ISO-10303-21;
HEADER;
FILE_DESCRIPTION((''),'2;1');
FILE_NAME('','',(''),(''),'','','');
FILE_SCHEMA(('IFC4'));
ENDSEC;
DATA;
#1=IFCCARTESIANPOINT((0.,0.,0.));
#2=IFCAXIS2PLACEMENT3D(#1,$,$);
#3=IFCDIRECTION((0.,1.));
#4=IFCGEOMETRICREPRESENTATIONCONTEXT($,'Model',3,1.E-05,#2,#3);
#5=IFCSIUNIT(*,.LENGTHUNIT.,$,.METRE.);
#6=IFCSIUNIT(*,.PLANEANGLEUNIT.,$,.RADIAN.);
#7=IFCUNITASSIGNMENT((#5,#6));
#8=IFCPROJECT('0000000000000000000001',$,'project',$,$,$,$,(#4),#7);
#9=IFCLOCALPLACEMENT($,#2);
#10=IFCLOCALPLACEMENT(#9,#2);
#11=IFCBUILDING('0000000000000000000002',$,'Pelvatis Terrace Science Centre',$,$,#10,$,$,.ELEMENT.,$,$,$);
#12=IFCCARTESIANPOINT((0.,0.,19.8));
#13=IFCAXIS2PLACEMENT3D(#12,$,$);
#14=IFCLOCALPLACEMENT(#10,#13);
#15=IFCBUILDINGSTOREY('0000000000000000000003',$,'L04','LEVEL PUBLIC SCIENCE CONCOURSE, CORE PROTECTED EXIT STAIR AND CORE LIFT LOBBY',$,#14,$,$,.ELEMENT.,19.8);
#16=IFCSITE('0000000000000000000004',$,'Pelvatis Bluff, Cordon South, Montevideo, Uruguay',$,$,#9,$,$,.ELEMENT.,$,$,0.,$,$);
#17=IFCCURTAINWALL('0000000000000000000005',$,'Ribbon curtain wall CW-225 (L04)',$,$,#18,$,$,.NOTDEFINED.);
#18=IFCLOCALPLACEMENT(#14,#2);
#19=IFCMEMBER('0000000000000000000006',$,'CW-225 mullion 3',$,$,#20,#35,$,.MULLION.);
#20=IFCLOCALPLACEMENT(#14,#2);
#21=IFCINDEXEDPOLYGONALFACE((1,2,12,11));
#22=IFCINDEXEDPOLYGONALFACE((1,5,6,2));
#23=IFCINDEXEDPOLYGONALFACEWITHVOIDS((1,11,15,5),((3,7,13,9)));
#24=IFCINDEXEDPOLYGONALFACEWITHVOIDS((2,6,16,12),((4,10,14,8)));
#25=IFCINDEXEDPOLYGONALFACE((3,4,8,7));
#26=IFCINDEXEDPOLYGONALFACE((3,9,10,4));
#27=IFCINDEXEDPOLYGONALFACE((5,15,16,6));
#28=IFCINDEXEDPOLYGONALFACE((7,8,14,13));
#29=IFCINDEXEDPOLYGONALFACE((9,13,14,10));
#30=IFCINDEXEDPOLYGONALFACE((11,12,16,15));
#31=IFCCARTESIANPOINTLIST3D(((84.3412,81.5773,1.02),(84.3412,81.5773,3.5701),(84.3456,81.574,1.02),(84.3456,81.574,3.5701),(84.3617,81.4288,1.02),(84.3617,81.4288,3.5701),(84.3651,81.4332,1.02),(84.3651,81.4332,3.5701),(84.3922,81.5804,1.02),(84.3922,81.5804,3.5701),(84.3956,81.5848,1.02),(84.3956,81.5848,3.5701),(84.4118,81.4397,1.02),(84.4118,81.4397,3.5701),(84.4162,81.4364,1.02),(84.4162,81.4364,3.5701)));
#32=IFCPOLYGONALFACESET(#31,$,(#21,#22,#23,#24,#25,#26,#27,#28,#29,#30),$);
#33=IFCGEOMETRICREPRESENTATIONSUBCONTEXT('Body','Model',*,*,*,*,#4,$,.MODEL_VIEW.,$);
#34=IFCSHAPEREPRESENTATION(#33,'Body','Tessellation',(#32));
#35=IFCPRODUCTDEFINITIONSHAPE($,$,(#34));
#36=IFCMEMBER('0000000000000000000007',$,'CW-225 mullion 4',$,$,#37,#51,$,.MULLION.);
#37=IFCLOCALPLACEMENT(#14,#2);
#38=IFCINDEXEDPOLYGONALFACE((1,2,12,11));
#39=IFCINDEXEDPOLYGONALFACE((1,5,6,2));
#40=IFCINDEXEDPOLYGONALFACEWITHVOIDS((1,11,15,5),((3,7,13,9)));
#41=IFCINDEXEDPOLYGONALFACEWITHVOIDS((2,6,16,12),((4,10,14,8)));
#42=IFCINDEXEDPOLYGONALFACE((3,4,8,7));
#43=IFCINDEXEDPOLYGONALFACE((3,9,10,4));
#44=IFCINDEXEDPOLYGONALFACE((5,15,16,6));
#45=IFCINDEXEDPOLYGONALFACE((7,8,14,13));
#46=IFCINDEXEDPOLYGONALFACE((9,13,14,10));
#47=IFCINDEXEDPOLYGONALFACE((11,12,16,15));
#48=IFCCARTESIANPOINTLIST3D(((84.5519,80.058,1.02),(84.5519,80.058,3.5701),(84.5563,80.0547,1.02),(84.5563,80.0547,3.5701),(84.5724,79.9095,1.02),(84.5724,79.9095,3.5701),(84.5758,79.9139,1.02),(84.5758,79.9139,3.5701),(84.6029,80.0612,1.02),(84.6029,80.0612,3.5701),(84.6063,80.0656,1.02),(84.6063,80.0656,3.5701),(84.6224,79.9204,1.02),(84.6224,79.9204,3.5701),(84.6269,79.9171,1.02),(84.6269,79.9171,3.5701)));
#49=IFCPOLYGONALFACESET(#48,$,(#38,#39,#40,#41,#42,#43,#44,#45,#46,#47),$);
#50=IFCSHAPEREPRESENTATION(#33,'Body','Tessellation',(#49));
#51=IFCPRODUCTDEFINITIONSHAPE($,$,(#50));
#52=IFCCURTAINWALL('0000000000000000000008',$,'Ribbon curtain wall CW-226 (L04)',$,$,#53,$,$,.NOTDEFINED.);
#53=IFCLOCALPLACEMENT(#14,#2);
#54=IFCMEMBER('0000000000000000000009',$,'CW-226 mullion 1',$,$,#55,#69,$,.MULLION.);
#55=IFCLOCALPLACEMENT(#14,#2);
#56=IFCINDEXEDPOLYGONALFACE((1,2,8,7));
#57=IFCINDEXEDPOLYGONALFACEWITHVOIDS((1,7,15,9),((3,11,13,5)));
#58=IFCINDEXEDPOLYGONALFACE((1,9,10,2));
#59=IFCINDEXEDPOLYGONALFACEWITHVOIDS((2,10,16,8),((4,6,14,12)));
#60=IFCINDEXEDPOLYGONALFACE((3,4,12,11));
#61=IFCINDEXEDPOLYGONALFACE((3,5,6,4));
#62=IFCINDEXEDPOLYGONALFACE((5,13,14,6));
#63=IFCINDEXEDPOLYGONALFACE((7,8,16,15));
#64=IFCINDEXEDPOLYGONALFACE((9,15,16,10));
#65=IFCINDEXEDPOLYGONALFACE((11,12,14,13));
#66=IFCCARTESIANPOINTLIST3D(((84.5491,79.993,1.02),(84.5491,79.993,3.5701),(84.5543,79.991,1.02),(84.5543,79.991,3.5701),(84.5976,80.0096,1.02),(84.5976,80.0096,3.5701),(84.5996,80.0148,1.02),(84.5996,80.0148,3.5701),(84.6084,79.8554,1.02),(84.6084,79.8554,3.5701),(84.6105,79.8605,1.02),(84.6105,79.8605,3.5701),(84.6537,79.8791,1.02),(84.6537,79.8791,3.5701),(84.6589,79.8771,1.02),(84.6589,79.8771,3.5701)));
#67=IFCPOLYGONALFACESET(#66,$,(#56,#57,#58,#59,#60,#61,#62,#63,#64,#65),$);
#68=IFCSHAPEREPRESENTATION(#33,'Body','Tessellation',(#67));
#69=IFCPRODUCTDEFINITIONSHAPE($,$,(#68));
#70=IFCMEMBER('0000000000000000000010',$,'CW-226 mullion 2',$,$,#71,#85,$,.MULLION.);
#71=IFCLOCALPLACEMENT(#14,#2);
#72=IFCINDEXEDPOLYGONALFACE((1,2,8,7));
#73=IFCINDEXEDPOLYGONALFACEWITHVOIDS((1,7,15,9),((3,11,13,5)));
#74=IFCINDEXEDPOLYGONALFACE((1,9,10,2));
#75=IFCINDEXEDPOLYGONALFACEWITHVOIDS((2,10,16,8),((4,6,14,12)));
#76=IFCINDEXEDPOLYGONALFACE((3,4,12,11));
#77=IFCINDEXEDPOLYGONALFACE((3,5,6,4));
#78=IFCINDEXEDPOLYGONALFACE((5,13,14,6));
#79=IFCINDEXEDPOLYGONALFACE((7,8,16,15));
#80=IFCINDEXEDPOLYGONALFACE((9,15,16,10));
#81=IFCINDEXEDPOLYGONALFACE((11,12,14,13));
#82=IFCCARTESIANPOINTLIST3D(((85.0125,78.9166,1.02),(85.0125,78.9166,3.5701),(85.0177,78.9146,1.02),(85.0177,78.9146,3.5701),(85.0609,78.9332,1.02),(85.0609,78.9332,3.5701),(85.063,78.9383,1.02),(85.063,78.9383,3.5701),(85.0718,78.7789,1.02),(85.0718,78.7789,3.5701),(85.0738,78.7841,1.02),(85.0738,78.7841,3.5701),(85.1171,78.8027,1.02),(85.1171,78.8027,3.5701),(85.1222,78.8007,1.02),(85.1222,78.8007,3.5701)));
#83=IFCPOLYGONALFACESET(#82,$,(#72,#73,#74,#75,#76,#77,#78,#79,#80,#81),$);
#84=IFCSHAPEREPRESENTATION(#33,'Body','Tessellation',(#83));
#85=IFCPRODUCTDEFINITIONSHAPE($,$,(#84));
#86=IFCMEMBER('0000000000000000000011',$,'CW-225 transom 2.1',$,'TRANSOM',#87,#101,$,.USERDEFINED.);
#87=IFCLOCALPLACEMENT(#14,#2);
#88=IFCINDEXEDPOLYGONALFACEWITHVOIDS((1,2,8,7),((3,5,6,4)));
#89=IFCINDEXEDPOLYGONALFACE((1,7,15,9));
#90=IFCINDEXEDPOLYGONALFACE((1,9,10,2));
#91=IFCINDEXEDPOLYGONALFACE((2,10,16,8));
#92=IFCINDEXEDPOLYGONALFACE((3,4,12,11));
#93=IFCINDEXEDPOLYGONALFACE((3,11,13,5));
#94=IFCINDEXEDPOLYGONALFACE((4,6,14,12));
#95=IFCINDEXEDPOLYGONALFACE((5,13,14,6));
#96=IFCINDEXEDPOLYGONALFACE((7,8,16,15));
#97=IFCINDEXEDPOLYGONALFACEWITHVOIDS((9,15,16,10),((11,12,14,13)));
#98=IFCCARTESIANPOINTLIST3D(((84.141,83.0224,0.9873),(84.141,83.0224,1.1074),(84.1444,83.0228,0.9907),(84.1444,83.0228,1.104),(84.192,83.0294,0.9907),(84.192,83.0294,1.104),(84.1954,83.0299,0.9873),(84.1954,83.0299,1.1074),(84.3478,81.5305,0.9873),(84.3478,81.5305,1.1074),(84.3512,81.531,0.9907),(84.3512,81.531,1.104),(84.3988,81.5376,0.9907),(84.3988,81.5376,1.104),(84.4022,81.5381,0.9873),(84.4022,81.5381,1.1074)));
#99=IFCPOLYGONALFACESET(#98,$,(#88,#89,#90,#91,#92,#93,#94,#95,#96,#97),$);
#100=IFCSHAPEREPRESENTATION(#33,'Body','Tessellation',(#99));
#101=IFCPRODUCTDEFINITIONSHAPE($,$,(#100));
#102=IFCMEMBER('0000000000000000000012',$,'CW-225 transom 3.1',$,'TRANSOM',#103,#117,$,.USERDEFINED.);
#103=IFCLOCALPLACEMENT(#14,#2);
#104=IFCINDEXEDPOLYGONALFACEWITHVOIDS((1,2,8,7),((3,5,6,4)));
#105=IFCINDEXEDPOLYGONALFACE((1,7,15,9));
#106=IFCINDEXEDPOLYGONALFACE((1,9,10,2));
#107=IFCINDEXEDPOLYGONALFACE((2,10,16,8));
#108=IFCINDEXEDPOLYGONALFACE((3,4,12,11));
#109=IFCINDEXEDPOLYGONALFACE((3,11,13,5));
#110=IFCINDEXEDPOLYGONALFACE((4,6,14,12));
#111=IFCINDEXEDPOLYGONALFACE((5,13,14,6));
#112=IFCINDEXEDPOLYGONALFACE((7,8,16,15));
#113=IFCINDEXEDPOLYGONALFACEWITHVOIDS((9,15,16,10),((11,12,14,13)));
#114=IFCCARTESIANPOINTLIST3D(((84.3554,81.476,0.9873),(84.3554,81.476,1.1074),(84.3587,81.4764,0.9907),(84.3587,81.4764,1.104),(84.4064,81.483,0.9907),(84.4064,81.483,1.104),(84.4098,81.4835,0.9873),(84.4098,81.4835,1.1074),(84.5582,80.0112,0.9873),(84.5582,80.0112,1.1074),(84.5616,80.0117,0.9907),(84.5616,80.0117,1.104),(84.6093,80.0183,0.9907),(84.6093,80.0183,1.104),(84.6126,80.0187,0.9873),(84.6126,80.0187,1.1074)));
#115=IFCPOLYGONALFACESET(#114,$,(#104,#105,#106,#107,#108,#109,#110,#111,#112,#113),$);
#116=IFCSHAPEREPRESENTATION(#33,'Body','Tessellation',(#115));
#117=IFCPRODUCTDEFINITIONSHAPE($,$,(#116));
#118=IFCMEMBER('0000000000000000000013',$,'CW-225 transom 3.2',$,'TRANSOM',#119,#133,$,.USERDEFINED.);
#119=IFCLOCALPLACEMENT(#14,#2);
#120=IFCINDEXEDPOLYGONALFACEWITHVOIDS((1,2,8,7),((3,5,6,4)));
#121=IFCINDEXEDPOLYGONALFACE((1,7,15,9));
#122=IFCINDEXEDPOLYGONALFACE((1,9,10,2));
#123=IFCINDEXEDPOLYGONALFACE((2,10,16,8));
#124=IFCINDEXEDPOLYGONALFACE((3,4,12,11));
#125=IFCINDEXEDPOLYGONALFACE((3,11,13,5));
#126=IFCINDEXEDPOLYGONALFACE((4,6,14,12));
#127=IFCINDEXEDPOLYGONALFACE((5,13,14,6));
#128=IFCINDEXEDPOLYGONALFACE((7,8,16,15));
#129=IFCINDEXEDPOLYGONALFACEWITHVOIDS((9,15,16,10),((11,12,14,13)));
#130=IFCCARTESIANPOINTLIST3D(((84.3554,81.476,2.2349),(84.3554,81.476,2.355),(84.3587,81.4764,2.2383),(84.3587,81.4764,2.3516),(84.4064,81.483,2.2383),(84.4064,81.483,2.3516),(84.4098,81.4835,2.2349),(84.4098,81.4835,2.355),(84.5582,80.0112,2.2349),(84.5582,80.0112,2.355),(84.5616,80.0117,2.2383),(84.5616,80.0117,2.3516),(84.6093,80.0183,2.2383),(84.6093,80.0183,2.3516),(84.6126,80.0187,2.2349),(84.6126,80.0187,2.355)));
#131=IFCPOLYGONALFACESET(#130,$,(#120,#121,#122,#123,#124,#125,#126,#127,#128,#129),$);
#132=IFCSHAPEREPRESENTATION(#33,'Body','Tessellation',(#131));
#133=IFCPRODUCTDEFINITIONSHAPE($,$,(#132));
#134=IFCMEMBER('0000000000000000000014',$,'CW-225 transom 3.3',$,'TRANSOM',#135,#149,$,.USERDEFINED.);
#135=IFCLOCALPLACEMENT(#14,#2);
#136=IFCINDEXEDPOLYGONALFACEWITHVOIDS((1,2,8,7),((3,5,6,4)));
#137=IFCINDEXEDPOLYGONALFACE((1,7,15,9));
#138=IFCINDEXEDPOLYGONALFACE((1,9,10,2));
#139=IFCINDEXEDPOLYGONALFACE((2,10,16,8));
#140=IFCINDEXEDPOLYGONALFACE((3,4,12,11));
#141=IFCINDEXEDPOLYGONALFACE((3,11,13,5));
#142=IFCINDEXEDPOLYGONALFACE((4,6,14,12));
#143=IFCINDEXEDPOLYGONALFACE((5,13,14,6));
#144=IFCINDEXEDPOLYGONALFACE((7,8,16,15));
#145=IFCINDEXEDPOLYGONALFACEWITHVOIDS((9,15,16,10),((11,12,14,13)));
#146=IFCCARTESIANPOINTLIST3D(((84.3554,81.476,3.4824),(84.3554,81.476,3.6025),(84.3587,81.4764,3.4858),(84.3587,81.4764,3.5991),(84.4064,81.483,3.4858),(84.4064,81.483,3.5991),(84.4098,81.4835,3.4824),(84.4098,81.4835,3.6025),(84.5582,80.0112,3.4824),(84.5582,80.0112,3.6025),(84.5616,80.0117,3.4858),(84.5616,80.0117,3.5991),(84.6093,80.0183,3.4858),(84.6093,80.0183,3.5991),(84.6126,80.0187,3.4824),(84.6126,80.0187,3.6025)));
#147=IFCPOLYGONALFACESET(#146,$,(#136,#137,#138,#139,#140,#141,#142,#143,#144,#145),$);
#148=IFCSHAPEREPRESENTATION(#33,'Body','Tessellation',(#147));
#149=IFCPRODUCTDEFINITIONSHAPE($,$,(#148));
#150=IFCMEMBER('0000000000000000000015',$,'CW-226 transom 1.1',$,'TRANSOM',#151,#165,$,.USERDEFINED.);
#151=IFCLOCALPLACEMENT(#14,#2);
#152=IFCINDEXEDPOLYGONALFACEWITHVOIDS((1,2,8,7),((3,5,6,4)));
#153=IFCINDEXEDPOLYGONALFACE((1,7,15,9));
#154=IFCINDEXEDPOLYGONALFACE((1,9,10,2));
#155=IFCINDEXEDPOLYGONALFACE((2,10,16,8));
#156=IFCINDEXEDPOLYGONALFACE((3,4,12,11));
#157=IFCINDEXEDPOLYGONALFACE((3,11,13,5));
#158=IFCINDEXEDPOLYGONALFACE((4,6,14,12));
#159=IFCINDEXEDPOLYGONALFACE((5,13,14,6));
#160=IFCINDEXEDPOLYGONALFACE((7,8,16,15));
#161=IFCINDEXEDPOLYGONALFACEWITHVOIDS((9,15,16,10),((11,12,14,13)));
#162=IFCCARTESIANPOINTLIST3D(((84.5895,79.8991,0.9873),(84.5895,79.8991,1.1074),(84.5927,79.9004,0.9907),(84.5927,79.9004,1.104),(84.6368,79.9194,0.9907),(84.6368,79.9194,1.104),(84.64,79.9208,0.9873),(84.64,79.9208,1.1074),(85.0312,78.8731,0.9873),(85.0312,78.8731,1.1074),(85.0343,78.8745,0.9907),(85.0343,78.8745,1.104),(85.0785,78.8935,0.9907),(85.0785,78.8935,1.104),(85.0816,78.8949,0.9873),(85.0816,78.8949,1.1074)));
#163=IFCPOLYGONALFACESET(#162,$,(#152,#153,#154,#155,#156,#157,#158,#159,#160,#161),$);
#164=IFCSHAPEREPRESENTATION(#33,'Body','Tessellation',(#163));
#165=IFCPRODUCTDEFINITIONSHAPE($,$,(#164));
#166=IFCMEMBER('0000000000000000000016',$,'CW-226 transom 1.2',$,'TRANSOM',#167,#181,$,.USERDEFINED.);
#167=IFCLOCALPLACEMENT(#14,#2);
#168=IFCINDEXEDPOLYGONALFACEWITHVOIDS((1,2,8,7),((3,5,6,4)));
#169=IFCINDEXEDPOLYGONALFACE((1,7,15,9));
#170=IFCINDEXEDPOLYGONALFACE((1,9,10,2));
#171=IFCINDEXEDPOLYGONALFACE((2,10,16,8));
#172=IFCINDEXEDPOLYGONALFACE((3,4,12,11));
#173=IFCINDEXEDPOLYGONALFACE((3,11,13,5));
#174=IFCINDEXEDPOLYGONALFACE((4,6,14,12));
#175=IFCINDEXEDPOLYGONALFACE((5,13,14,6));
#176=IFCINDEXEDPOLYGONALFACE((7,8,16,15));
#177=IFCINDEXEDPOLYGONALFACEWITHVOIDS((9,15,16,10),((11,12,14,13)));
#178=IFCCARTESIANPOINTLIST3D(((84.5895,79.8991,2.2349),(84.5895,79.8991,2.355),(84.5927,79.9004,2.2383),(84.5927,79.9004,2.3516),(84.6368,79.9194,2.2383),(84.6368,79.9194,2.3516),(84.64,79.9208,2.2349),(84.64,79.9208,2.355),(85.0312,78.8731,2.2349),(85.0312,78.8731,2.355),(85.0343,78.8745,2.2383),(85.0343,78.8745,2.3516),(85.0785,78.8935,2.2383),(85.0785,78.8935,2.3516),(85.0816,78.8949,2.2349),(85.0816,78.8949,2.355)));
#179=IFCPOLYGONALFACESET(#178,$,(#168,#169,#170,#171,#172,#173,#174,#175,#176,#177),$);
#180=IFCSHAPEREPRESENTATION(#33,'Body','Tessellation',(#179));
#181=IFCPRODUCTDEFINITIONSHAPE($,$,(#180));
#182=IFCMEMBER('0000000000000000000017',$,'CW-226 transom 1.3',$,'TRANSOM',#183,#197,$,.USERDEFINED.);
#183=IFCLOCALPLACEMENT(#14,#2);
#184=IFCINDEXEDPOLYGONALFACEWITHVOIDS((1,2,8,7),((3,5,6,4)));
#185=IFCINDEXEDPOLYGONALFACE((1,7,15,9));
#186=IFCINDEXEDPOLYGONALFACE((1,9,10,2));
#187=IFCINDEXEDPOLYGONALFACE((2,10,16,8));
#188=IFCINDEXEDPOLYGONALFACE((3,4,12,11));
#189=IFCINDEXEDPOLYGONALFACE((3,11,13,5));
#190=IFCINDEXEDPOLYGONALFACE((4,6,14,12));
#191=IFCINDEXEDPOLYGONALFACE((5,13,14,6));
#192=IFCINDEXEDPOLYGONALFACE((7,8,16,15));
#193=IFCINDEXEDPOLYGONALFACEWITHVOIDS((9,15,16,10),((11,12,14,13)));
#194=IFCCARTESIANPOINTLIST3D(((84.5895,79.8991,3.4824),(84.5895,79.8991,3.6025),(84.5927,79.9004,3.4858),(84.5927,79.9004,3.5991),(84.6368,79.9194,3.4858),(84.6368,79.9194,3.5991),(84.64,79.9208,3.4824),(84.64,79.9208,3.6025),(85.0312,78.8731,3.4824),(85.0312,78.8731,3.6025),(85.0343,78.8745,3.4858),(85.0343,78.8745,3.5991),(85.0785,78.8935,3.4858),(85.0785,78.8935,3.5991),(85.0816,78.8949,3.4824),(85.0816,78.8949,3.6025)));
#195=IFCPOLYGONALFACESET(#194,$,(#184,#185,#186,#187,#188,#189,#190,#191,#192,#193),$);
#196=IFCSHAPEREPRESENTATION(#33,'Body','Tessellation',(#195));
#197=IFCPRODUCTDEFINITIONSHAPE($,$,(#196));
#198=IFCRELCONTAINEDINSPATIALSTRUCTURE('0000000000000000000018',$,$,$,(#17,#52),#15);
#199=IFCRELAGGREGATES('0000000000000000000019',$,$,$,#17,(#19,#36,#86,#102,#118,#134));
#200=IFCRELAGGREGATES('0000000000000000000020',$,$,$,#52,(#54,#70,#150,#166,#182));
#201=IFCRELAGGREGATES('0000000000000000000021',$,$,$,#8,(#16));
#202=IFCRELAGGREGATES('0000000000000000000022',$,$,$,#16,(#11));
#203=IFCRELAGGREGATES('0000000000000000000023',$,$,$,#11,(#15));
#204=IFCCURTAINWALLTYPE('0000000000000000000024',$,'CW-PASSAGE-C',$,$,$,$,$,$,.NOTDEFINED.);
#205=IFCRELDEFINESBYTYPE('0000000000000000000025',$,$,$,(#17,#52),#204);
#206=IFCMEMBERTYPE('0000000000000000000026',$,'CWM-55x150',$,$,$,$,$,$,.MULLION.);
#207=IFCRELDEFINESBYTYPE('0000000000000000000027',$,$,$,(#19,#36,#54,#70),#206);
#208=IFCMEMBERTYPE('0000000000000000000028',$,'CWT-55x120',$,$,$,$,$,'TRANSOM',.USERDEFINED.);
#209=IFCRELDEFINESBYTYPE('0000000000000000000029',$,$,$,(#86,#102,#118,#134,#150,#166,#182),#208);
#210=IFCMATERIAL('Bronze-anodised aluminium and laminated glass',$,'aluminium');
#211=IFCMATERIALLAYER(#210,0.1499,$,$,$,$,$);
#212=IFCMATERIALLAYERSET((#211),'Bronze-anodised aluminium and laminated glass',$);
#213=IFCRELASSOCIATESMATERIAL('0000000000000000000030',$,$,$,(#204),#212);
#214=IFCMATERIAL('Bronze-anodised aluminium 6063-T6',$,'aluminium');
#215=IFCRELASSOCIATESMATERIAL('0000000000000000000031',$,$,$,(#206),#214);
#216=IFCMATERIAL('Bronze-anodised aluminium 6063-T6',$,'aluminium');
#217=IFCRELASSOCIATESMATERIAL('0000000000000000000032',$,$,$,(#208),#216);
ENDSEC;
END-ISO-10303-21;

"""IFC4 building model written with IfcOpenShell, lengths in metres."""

from ifc_helpers import new_model, si_unit, direction, frame, origin, origin_2d, place, context, subcontext, project, spatial, hollow_rectangle, extrude, material, layer, layer_set, material_profile, profile_set, type_object, element, aggregate, save


model = new_model("IFC4")

# Units and contexts
model_context = context("Model", 3, precision=1e-05, world=origin(), true_north=direction((0.0, 1.0)))
body_context = subcontext(model_context, "Body", "Model", "MODEL_VIEW")
ifc_project = project(units=[si_unit("LENGTHUNIT", "METRE"), si_unit("PLANEANGLEUNIT", "RADIAN")], contexts=[model_context])

# Site, building, storey
site_placement = place(None, origin())
site = spatial("IfcSite", under=ifc_project, at=site_placement, Name="Pelvatis Bluff, Cordon South, Montevideo, Uruguay", CompositionType="ELEMENT", RefElevation=0.0)
building_placement = place(site_placement, origin())
building = spatial("IfcBuilding", under=site, at=building_placement, Name="Pelvatis Terrace Science Centre", CompositionType="ELEMENT")
storey_placement = place(building_placement, frame((0.0, 0.0, 19.8)))
storey = spatial("IfcBuildingStorey", under=building, at=storey_placement, Name="L04", Description="LEVEL PUBLIC SCIENCE CONCOURSE, CORE PROTECTED EXIT STAIR AND CORE LIFT LOBBY", CompositionType="ELEMENT", Elevation=19.8)

# Curtain walls, members
ifc_material_1 = material(Name="Bronze-anodised aluminium and laminated glass", Category="aluminium")
ifc_layer_1 = layer(ifc_material_1, 0.1499)
ifc_layer_set_1 = layer_set([ifc_layer_1], Name="Bronze-anodised aluminium and laminated glass")
curtain_wall_type = type_object("IfcCurtainWallType", Name="CW-PASSAGE-C", PredefinedType="NOTDEFINED", material=ifc_layer_set_1)
curtain_wall_1_placement = place(storey_placement, origin())
curtain_wall_1 = element("IfcCurtainWall", 1, at=curtain_wall_1_placement, inside=storey, type_object=curtain_wall_type, Name="Ribbon curtain wall CW-225 (L04)", PredefinedType="NOTDEFINED")
ifc_material_2 = material(Name="Bronze-anodised aluminium 6063-T6", Category="aluminium")
ifc_material_profile_1 = material_profile(ifc_material_2, hollow_rectangle(XDim=0.0549, YDim=0.1499, WallThickness=0.0039, at=origin_2d()), Name="ALU-MUL 55x150")
ifc_profile_set_1 = profile_set([ifc_material_profile_1], Name="Bronze-anodised aluminium 6063-T6")
member_type_1 = type_object("IfcMemberType", Name="CWM-55x150", PredefinedType="MULLION", material=ifc_profile_set_1)
member_1_placement = place(storey_placement, frame((84.3787, 81.5068, 1.02), z_axis=(0.0, 0.0, 1.0), x_axis=(0.99053, 0.137298, 0.0)))
member_1 = element("IfcMember", 2, at=member_1_placement, type_object=member_type_1, Name="CW-225 mullion 3", PredefinedType="MULLION", context=body_context, shape_type="SweptSolid", body=[
    extrude(hollow_rectangle(XDim=0.0549, YDim=0.1499, WallThickness=0.0039, at=origin_2d()), origin(), (0.0, 0.0, 1.0), 2.55),
])
member_2_placement = place(storey_placement, frame((84.5894, 79.9875, 1.02), z_axis=(0.0, 0.0, 1.0), x_axis=(0.99053, 0.137298, 0.0)))
member_2 = element("IfcMember", 3, at=member_2_placement, type_object=member_type_1, Name="CW-225 mullion 4", PredefinedType="MULLION", context=body_context, shape_type="SweptSolid", body=[
    extrude(hollow_rectangle(XDim=0.0549, YDim=0.1499, WallThickness=0.0039, at=origin_2d()), origin(), (0.0, 0.0, 1.0), 2.55),
])
curtain_wall_2_placement = place(storey_placement, origin())
curtain_wall_2 = element("IfcCurtainWall", 4, at=curtain_wall_2_placement, inside=storey, type_object=curtain_wall_type, Name="Ribbon curtain wall CW-226 (L04)", PredefinedType="NOTDEFINED")
member_3_placement = place(storey_placement, frame((84.604, 79.9351, 1.02), z_axis=(0.0, 0.0, 1.0), x_axis=(0.918515, 0.395385, 0.0)))
member_3 = element("IfcMember", 5, at=member_3_placement, type_object=member_type_1, Name="CW-226 mullion 1", PredefinedType="MULLION", context=body_context, shape_type="SweptSolid", body=[
    extrude(hollow_rectangle(XDim=0.0549, YDim=0.1499, WallThickness=0.0039, at=origin_2d()), origin(), (0.0, 0.0, 1.0), 2.55),
])
member_4_placement = place(storey_placement, frame((85.0674, 78.8586, 1.02), z_axis=(0.0, 0.0, 1.0), x_axis=(0.918515, 0.395385, 0.0)))
member_4 = element("IfcMember", 6, at=member_4_placement, type_object=member_type_1, Name="CW-226 mullion 2", PredefinedType="MULLION", context=body_context, shape_type="SweptSolid", body=[
    extrude(hollow_rectangle(XDim=0.0549, YDim=0.1499, WallThickness=0.0039, at=origin_2d()), origin(), (0.0, 0.0, 1.0), 2.55),
])

# Members
ifc_material_3 = material(Name="Bronze-anodised aluminium 6063-T6", Category="aluminium")
ifc_material_profile_2 = material_profile(ifc_material_3, hollow_rectangle(XDim=0.0549, YDim=0.1201, WallThickness=0.0034, at=origin_2d()), Name="ALU-TRN 55x120")
ifc_profile_set_2 = profile_set([ifc_material_profile_2], Name="Bronze-anodised aluminium 6063-T6")
member_type_2 = type_object("IfcMemberType", Name="CWT-55x120", ElementType="TRANSOM", PredefinedType="USERDEFINED", material=ifc_profile_set_2)
member_5_placement = place(storey_placement, frame((84.1682, 83.0261, 1.0474), z_axis=(0.13729, -0.990531, 0.0), x_axis=(0.990531, 0.13729, 0.0)))
member_5 = element("IfcMember", 7, at=member_5_placement, type_object=member_type_2, Name="CW-225 transom 2.1", ObjectType="TRANSOM", PredefinedType="USERDEFINED", context=body_context, shape_type="SweptSolid", body=[
    extrude(hollow_rectangle(XDim=0.0549, YDim=0.1201, WallThickness=0.0034, at=origin_2d()), origin(), (0.0, 0.0, 1.0), 1.5061),
])
member_6_placement = place(storey_placement, frame((84.3826, 81.4797, 1.0474), z_axis=(0.13719, -0.990545, 0.0), x_axis=(0.990545, 0.13719, 0.0)))
member_6 = element("IfcMember", 8, at=member_6_placement, type_object=member_type_2, Name="CW-225 transom 3.1", ObjectType="TRANSOM", PredefinedType="USERDEFINED", context=body_context, shape_type="SweptSolid", body=[
    extrude(hollow_rectangle(XDim=0.0549, YDim=0.1201, WallThickness=0.0034, at=origin_2d()), origin(), (0.0, 0.0, 1.0), 1.4788),
])
member_7_placement = place(storey_placement, frame((84.3826, 81.4797, 2.2949), z_axis=(0.13719, -0.990545, 0.0), x_axis=(0.990545, 0.13719, 0.0)))
member_7 = element("IfcMember", 9, at=member_7_placement, type_object=member_type_2, Name="CW-225 transom 3.2", ObjectType="TRANSOM", PredefinedType="USERDEFINED", context=body_context, shape_type="SweptSolid", body=[
    extrude(hollow_rectangle(XDim=0.0549, YDim=0.1201, WallThickness=0.0034, at=origin_2d()), origin(), (0.0, 0.0, 1.0), 1.4788),
])
member_8_placement = place(storey_placement, frame((84.3826, 81.4797, 3.5425), z_axis=(0.13719, -0.990545, 0.0), x_axis=(0.990545, 0.13719, 0.0)))
member_8 = element("IfcMember", 10, at=member_8_placement, type_object=member_type_2, Name="CW-225 transom 3.3", ObjectType="TRANSOM", PredefinedType="USERDEFINED", context=body_context, shape_type="SweptSolid", body=[
    extrude(hollow_rectangle(XDim=0.0549, YDim=0.1201, WallThickness=0.0034, at=origin_2d()), origin(), (0.0, 0.0, 1.0), 1.4788),
])
member_9_placement = place(storey_placement, frame((84.6147, 79.9099, 1.0474), z_axis=(0.395422, -0.918499, 0.0), x_axis=(0.918499, 0.395422, 0.0)))
member_9 = element("IfcMember", 11, at=member_9_placement, type_object=member_type_2, Name="CW-226 transom 1.1", ObjectType="TRANSOM", PredefinedType="USERDEFINED", context=body_context, shape_type="SweptSolid", body=[
    extrude(hollow_rectangle(XDim=0.0549, YDim=0.1201, WallThickness=0.0034, at=origin_2d()), origin(), (0.0, 0.0, 1.0), 1.1169),
])
member_10_placement = place(storey_placement, frame((84.6147, 79.9099, 2.2949), z_axis=(0.395422, -0.918499, 0.0), x_axis=(0.918499, 0.395422, 0.0)))
member_10 = element("IfcMember", 12, at=member_10_placement, type_object=member_type_2, Name="CW-226 transom 1.2", ObjectType="TRANSOM", PredefinedType="USERDEFINED", context=body_context, shape_type="SweptSolid", body=[
    extrude(hollow_rectangle(XDim=0.0549, YDim=0.1201, WallThickness=0.0034, at=origin_2d()), origin(), (0.0, 0.0, 1.0), 1.1169),
])
member_11_placement = place(storey_placement, frame((84.6147, 79.9099, 3.5425), z_axis=(0.395422, -0.918499, 0.0), x_axis=(0.918499, 0.395422, 0.0)))
member_11 = element("IfcMember", 13, at=member_11_placement, type_object=member_type_2, Name="CW-226 transom 1.3", ObjectType="TRANSOM", PredefinedType="USERDEFINED", context=body_context, shape_type="SweptSolid", body=[
    extrude(hollow_rectangle(XDim=0.0549, YDim=0.1201, WallThickness=0.0034, at=origin_2d()), origin(), (0.0, 0.0, 1.0), 1.1169),
])

aggregate(curtain_wall_1, [member_1, member_2, member_5, member_6, member_7, member_8])
aggregate(curtain_wall_2, [member_3, member_4, member_9, member_10, member_11])

save(model, "model.ifc")
